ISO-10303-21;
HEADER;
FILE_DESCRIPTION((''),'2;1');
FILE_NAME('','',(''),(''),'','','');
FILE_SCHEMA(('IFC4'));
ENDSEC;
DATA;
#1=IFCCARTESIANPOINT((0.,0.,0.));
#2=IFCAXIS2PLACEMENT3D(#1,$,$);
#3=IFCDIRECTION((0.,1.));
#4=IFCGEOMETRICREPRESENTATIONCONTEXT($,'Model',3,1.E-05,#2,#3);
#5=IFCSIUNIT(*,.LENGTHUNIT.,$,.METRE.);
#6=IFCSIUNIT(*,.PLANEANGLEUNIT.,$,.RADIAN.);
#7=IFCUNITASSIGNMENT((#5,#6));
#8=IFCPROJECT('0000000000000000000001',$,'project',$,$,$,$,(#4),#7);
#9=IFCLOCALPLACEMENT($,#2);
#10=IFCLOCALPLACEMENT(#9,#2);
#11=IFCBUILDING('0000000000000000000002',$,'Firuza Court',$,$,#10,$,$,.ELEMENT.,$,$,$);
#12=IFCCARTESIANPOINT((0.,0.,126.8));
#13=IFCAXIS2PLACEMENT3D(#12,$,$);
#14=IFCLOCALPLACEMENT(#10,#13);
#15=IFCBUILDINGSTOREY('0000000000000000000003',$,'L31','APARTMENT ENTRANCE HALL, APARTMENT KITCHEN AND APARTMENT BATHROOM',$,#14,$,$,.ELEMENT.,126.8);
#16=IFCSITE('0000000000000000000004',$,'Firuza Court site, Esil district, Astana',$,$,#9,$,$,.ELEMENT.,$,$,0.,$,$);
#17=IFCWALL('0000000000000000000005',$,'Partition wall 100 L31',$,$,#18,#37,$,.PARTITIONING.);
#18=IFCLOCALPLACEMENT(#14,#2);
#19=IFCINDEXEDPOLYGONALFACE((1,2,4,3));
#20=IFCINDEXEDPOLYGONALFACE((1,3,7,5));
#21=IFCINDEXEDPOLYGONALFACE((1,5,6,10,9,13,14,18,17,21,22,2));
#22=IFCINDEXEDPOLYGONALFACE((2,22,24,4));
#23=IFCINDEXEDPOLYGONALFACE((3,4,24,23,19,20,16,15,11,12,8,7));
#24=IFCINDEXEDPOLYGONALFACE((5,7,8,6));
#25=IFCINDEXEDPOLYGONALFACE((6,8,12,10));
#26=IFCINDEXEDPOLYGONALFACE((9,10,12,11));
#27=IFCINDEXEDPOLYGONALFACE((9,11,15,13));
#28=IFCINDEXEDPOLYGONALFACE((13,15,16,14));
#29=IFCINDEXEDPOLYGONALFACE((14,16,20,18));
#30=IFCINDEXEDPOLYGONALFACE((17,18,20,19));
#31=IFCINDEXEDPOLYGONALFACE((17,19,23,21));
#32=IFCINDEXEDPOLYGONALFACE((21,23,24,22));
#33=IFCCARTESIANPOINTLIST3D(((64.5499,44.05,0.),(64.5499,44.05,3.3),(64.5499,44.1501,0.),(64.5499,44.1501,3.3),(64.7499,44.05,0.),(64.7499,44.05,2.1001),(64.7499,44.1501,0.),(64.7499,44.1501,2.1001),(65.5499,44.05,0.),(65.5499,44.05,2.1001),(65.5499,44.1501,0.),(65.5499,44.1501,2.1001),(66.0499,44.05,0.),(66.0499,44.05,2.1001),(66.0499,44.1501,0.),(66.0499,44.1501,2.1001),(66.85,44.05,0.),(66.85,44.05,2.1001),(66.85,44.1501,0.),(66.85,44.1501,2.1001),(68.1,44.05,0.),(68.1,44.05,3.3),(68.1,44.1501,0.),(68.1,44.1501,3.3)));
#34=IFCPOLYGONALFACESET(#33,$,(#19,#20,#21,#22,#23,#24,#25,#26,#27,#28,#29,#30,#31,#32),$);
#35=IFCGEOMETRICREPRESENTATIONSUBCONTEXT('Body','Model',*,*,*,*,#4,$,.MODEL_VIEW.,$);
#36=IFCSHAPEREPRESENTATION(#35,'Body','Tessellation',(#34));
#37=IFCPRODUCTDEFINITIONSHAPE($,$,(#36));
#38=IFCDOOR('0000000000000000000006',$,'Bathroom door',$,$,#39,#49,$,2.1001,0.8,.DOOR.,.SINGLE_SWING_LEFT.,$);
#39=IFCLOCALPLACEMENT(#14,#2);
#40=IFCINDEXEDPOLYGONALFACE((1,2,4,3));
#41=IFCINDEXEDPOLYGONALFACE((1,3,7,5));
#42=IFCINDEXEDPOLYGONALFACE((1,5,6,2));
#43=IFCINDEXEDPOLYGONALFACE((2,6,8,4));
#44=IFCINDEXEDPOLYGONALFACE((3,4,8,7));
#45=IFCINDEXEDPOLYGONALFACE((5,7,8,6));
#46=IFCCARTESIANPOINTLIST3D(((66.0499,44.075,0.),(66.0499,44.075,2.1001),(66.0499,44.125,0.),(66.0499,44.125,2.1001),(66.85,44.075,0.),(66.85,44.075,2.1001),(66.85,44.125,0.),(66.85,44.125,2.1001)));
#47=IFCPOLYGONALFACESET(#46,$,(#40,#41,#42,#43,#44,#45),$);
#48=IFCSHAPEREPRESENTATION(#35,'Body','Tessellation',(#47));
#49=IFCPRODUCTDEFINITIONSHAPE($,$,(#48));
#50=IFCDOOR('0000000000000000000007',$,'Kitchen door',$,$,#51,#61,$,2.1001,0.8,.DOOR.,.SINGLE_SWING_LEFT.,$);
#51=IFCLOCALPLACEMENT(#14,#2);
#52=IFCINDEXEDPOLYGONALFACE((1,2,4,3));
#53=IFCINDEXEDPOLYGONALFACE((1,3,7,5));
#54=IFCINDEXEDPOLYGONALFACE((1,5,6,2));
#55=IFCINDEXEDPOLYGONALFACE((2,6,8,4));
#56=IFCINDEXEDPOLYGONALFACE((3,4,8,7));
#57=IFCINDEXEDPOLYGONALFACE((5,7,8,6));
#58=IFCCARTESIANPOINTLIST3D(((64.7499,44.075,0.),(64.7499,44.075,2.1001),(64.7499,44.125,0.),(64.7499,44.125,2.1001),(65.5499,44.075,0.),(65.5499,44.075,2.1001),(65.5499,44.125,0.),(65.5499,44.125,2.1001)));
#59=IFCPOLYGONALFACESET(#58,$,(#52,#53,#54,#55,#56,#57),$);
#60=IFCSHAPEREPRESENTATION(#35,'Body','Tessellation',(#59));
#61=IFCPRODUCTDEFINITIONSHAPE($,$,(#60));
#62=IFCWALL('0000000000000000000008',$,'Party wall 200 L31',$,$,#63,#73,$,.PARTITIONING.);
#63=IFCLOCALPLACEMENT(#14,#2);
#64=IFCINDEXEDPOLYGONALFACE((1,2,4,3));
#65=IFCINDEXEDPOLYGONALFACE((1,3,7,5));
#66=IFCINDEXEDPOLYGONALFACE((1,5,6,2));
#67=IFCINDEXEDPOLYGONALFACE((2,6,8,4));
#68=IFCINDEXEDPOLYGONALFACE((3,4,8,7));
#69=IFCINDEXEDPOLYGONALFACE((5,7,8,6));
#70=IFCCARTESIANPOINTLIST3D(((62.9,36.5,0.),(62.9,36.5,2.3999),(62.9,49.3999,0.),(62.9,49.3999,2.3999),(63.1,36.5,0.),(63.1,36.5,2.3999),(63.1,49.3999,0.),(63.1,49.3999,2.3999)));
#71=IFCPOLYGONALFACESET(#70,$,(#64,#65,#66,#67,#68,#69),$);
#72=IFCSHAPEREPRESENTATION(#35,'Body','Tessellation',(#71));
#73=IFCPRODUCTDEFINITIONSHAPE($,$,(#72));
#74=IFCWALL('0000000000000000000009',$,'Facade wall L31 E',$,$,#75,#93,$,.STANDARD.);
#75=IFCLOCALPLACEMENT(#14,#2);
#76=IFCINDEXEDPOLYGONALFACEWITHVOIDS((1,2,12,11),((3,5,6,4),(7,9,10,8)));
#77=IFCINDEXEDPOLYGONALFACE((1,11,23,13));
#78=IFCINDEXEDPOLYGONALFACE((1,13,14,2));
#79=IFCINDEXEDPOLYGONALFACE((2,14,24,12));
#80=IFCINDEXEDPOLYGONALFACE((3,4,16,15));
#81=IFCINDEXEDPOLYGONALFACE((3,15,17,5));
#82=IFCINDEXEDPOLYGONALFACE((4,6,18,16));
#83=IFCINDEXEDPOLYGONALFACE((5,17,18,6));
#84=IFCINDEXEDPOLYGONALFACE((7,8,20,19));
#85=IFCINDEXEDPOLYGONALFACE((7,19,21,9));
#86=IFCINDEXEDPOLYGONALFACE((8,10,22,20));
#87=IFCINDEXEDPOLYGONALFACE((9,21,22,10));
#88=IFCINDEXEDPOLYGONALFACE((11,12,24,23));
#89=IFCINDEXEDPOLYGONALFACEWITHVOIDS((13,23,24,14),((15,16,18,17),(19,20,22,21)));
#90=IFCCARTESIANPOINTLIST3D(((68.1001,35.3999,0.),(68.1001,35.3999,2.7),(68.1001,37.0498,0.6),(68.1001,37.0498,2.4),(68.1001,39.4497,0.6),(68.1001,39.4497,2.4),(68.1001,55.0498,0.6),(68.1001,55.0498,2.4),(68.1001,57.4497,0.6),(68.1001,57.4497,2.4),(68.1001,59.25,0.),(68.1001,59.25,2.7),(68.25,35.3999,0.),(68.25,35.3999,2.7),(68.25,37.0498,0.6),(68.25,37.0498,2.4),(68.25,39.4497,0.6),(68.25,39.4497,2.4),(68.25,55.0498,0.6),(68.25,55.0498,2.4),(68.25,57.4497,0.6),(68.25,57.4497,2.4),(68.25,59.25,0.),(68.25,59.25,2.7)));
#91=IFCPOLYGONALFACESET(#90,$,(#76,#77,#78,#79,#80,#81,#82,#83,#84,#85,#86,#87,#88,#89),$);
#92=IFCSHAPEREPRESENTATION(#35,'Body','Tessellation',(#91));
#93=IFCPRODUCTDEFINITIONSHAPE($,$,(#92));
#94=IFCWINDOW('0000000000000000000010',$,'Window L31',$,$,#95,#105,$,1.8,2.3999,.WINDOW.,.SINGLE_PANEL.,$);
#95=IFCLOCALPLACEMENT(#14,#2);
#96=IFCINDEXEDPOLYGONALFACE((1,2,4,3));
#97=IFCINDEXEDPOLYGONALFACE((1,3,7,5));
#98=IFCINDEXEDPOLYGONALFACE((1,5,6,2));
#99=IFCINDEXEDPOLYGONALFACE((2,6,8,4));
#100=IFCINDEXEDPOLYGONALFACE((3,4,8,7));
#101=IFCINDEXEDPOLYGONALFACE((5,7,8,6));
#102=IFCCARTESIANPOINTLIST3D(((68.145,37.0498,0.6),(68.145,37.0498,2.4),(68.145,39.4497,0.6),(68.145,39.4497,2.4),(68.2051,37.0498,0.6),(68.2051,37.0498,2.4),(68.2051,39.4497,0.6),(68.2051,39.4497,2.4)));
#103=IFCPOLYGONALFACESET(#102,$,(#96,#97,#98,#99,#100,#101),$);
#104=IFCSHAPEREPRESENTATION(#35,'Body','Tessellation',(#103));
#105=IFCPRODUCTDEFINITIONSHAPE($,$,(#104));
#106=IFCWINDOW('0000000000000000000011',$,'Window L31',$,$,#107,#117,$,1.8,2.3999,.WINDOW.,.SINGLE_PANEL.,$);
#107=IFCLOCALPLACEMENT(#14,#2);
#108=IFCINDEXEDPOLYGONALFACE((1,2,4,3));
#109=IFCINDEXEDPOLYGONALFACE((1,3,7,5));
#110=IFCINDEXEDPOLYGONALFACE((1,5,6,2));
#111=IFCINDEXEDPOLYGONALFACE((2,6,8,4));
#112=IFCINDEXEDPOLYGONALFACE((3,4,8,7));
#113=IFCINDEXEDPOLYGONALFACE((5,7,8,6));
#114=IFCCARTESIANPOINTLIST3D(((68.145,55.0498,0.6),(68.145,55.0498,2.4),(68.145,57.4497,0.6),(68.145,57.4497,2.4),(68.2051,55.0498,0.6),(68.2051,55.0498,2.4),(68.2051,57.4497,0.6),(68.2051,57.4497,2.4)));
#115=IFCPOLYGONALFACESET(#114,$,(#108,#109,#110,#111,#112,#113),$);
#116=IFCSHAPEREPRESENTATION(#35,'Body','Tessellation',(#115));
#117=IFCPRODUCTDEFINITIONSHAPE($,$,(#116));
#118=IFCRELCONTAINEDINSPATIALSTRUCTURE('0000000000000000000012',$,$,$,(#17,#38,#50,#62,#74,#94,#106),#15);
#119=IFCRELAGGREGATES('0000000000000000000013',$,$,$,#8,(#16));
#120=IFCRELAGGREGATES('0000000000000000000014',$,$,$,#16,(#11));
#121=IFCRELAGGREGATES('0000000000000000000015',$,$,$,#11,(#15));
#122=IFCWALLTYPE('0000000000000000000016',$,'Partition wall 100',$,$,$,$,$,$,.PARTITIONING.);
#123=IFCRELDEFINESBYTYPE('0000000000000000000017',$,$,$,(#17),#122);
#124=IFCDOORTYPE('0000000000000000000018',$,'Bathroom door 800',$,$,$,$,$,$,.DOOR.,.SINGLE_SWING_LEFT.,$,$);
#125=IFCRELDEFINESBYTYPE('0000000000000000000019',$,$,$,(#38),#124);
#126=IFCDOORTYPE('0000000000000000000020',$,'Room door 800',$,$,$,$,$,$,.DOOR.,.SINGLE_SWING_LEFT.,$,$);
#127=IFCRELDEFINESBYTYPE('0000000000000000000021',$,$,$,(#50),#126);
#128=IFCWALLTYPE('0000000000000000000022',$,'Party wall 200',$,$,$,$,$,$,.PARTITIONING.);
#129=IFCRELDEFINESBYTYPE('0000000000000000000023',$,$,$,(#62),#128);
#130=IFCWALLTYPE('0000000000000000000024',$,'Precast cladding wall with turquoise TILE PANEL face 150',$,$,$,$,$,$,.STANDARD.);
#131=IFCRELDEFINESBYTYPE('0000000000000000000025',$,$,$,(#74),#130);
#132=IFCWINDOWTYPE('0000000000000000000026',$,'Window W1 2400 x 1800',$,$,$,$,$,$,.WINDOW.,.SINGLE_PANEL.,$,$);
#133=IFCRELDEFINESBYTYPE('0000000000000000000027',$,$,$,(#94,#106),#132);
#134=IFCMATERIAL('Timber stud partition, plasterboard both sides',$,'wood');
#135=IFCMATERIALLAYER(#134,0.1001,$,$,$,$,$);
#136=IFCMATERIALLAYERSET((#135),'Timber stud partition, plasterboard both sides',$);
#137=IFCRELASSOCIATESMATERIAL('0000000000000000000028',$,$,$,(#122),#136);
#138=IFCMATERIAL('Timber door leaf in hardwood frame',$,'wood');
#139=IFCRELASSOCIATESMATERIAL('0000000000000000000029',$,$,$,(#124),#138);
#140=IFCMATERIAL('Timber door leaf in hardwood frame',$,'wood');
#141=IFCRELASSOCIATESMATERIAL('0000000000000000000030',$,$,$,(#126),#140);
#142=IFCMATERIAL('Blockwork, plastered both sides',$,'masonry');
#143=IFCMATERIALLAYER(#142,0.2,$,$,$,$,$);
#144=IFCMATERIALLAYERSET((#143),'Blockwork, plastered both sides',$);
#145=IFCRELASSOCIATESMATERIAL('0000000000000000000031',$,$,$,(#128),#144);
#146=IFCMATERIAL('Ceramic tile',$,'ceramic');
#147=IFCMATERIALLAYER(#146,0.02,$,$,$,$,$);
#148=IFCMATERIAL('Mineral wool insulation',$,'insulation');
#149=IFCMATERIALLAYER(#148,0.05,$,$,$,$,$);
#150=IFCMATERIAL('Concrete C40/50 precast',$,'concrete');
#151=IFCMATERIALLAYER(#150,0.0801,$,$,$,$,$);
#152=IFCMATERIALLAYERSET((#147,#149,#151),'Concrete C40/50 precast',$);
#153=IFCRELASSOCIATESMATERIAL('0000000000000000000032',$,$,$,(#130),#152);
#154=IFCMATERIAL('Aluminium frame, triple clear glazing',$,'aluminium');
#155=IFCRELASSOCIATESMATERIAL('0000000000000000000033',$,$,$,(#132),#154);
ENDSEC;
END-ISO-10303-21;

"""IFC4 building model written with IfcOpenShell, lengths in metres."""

from ifc_helpers import new_model, si_unit, direction, frame, frame_2d, origin, place, context, subcontext, project, spatial, rectangle, extrude, material, layer, layer_set, type_object, element, fill, save


model = new_model("IFC4")

# Units and contexts
model_context = context("Model", 3, precision=1e-05, world=origin(), true_north=direction((0.0, 1.0)))
body_context = subcontext(model_context, "Body", "Model", "MODEL_VIEW")
ifc_project = project(units=[si_unit("LENGTHUNIT", "METRE"), si_unit("PLANEANGLEUNIT", "RADIAN")], contexts=[model_context])

# Site, building, storey
site_placement = place(None, origin())
site = spatial("IfcSite", under=ifc_project, at=site_placement, Name="Firuza Court site, Esil district, Astana", CompositionType="ELEMENT", RefElevation=0.0)
building_placement = place(site_placement, origin())
building = spatial("IfcBuilding", under=site, at=building_placement, Name="Firuza Court", CompositionType="ELEMENT")
storey_placement = place(building_placement, frame((0.0, 0.0, 126.8)))
storey = spatial("IfcBuildingStorey", under=building, at=storey_placement, Name="L31", Description="APARTMENT ENTRANCE HALL, APARTMENT KITCHEN AND APARTMENT BATHROOM", CompositionType="ELEMENT", Elevation=126.8)

# Shared definitions
ifc_material_1 = material(Name="Timber stud partition, plasterboard both sides", Category="wood")
ifc_layer_1 = layer(ifc_material_1, 0.1001)
ifc_layer_set_1 = layer_set([ifc_layer_1], Name="Timber stud partition, plasterboard both sides")
wall_type_1 = type_object("IfcWallType", Name="Partition wall 100", PredefinedType="PARTITIONING", material=ifc_layer_set_1)

# Wall, openings, doors
wall_1_placement = place(storey_placement, frame((64.55, 44.1001, 0.0), z_axis=(0.0, 0.0, 1.0), x_axis=(1.0, 0.0, 0.0)))
wall_1 = element("IfcWall", 1, at=wall_1_placement, inside=storey, type_object=wall_type_1, Name="Partition wall 100 L31", PredefinedType="PARTITIONING", context=body_context, shape_type="SweptSolid", body=[
    extrude(rectangle(XDim=3.55, YDim=0.1001, at=frame_2d((1.7749, 0.0))), origin(), (0.0, 0.0, 1.0), 3.3),
])
opening_1_placement = place(wall_1_placement, frame((1.5, 0.0, 0.0)))
opening_1 = element("IfcOpeningElement", 2, at=opening_1_placement, cuts=wall_1, PredefinedType="OPENING", context=body_context, shape_type="SweptSolid", body=[
    extrude(rectangle(XDim=0.8, YDim=2.1001, at=frame_2d((0.3999, 1.05))), frame((0.0, 0.062, 0.0), z_axis=(0.0, -1.0, 0.0), x_axis=(1.0, 0.0, 0.0)), (0.0, 0.0, 1.0), 0.124),
])
opening_2_placement = place(wall_1_placement, frame((0.2, 0.0, 0.0)))
opening_2 = element("IfcOpeningElement", 3, at=opening_2_placement, cuts=wall_1, PredefinedType="OPENING", context=body_context, shape_type="SweptSolid", body=[
    extrude(rectangle(XDim=0.8, YDim=2.1001, at=frame_2d((0.3999, 1.05))), frame((0.0, 0.062, 0.0), z_axis=(0.0, -1.0, 0.0), x_axis=(1.0, 0.0, 0.0)), (0.0, 0.0, 1.0), 0.124),
])
ifc_material_2 = material(Name="Timber door leaf in hardwood frame", Category="wood")
door_type_1 = type_object("IfcDoorType", Name="Bathroom door 800", OperationType="SINGLE_SWING_LEFT", PredefinedType="DOOR", material=ifc_material_2)
door_1_placement = place(opening_1_placement, origin())
door_1 = element("IfcDoor", 4, at=door_1_placement, inside=storey, type_object=door_type_1, Name="Bathroom door", OperationType="SINGLE_SWING_LEFT", OverallHeight=2.1001, OverallWidth=0.8, PredefinedType="DOOR", context=body_context, shape_type="SweptSolid", body=[
    extrude(rectangle(XDim=0.8, YDim=2.1001, at=frame_2d((0.3999, 1.05))), frame((0.0, 0.0249, 0.0), z_axis=(0.0, -1.0, 0.0), x_axis=(1.0, 0.0, 0.0)), (0.0, 0.0, 1.0), 0.05),
])
fill(opening_1, door_1)
ifc_material_3 = material(Name="Timber door leaf in hardwood frame", Category="wood")
door_type_2 = type_object("IfcDoorType", Name="Room door 800", OperationType="SINGLE_SWING_LEFT", PredefinedType="DOOR", material=ifc_material_3)
door_2_placement = place(opening_2_placement, origin())
door_2 = element("IfcDoor", 5, at=door_2_placement, inside=storey, type_object=door_type_2, Name="Kitchen door", OperationType="SINGLE_SWING_LEFT", OverallHeight=2.1001, OverallWidth=0.8, PredefinedType="DOOR", context=body_context, shape_type="SweptSolid", body=[
    extrude(rectangle(XDim=0.8, YDim=2.1001, at=frame_2d((0.3999, 1.05))), frame((0.0, 0.0249, 0.0), z_axis=(0.0, -1.0, 0.0), x_axis=(1.0, 0.0, 0.0)), (0.0, 0.0, 1.0), 0.05),
])
fill(opening_2, door_2)

# Wall
ifc_material_4 = material(Name="Blockwork, plastered both sides", Category="masonry")
ifc_layer_2 = layer(ifc_material_4, 0.2)
ifc_layer_set_2 = layer_set([ifc_layer_2], Name="Blockwork, plastered both sides")
wall_type_2 = type_object("IfcWallType", Name="Party wall 200", PredefinedType="PARTITIONING", material=ifc_layer_set_2)
wall_2_placement = place(storey_placement, frame((63.0, 36.5, 0.0), z_axis=(0.0, 0.0, 1.0), x_axis=(0.0, 1.0, 0.0)))
element("IfcWall", 6, at=wall_2_placement, inside=storey, type_object=wall_type_2, Name="Party wall 200 L31", PredefinedType="PARTITIONING", context=body_context, shape_type="SweptSolid", body=[
    extrude(rectangle(XDim=12.8999, YDim=0.2, at=frame_2d((6.45, 0.0))), origin(), (0.0, 0.0, 1.0), 2.3999),
])

# Wall, openings, windows
ifc_material_5 = material(Name="Ceramic tile", Category="ceramic")
ifc_layer_3 = layer(ifc_material_5, 0.02)
ifc_material_6 = material(Name="Mineral wool insulation", Category="insulation")
ifc_layer_4 = layer(ifc_material_6, 0.05)
ifc_material_7 = material(Name="Concrete C40/50 precast", Category="concrete")
ifc_layer_5 = layer(ifc_material_7, 0.0801)
ifc_layer_set_3 = layer_set([ifc_layer_3, ifc_layer_4, ifc_layer_5], Name="Concrete C40/50 precast")
wall_type_3 = type_object("IfcWallType", Name="Precast cladding wall with turquoise TILE PANEL face 150", PredefinedType="STANDARD", material=ifc_layer_set_3)
wall_3_placement = place(storey_placement, frame((68.175, 35.3999, 0.0), z_axis=(0.0, 0.0, 1.0), x_axis=(0.0, 1.0, 0.0)))
wall_3 = element("IfcWall", 7, at=wall_3_placement, inside=storey, type_object=wall_type_3, Name="Facade wall L31 E", PredefinedType="STANDARD", context=body_context, shape_type="SweptSolid", body=[
    extrude(rectangle(XDim=23.8501, YDim=0.1499, at=frame_2d((11.925, 0.0))), origin(), (0.0, 0.0, 1.0), 2.7),
])
opening_3_placement = place(wall_3_placement, frame((1.6499, 0.0, 0.6001)))
opening_3 = element("IfcOpeningElement", 8, at=opening_3_placement, cuts=wall_3, PredefinedType="OPENING", context=body_context, shape_type="SweptSolid", body=[
    extrude(rectangle(XDim=2.3999, YDim=1.8, at=frame_2d((1.2, 0.8999))), frame((0.0, 0.0869, 0.0), z_axis=(0.0, -1.0, 0.0), x_axis=(1.0, 0.0, 0.0)), (0.0, 0.0, 1.0), 0.1738),
])
opening_4_placement = place(wall_3_placement, frame((19.6499, 0.0, 0.6001)))
opening_4 = element("IfcOpeningElement", 9, at=opening_4_placement, cuts=wall_3, PredefinedType="OPENING", context=body_context, shape_type="SweptSolid", body=[
    extrude(rectangle(XDim=2.3999, YDim=1.8, at=frame_2d((1.2, 0.8999))), frame((0.0, 0.0869, 0.0), z_axis=(0.0, -1.0, 0.0), x_axis=(1.0, 0.0, 0.0)), (0.0, 0.0, 1.0), 0.1738),
])
ifc_material_8 = material(Name="Aluminium frame, triple clear glazing", Category="aluminium")
window_type = type_object("IfcWindowType", Name="Window W1 2400 x 1800", PartitioningType="SINGLE_PANEL", PredefinedType="WINDOW", material=ifc_material_8)
window_1_placement = place(opening_3_placement, origin())
window_1 = element("IfcWindow", 10, at=window_1_placement, inside=storey, type_object=window_type, Name="Window L31", OverallHeight=1.8, OverallWidth=2.3999, PartitioningType="SINGLE_PANEL", PredefinedType="WINDOW", context=body_context, shape_type="SweptSolid", body=[
    extrude(rectangle(XDim=2.3999, YDim=1.8, at=frame_2d((1.2, 0.8999))), frame((0.0, 0.03, 0.0), z_axis=(0.0, -1.0, 0.0), x_axis=(1.0, 0.0, 0.0)), (0.0, 0.0, 1.0), 0.0601),
])
fill(opening_3, window_1)
window_2_placement = place(opening_4_placement, origin())
window_2 = element("IfcWindow", 11, at=window_2_placement, inside=storey, type_object=window_type, Name="Window L31", OverallHeight=1.8, OverallWidth=2.3999, PartitioningType="SINGLE_PANEL", PredefinedType="WINDOW", context=body_context, shape_type="SweptSolid", body=[
    extrude(rectangle(XDim=2.3999, YDim=1.8, at=frame_2d((1.2, 0.8999))), frame((0.0, 0.03, 0.0), z_axis=(0.0, -1.0, 0.0), x_axis=(1.0, 0.0, 0.0)), (0.0, 0.0, 1.0), 0.0601),
])
fill(opening_4, window_2)

save(model, "model.ifc")
